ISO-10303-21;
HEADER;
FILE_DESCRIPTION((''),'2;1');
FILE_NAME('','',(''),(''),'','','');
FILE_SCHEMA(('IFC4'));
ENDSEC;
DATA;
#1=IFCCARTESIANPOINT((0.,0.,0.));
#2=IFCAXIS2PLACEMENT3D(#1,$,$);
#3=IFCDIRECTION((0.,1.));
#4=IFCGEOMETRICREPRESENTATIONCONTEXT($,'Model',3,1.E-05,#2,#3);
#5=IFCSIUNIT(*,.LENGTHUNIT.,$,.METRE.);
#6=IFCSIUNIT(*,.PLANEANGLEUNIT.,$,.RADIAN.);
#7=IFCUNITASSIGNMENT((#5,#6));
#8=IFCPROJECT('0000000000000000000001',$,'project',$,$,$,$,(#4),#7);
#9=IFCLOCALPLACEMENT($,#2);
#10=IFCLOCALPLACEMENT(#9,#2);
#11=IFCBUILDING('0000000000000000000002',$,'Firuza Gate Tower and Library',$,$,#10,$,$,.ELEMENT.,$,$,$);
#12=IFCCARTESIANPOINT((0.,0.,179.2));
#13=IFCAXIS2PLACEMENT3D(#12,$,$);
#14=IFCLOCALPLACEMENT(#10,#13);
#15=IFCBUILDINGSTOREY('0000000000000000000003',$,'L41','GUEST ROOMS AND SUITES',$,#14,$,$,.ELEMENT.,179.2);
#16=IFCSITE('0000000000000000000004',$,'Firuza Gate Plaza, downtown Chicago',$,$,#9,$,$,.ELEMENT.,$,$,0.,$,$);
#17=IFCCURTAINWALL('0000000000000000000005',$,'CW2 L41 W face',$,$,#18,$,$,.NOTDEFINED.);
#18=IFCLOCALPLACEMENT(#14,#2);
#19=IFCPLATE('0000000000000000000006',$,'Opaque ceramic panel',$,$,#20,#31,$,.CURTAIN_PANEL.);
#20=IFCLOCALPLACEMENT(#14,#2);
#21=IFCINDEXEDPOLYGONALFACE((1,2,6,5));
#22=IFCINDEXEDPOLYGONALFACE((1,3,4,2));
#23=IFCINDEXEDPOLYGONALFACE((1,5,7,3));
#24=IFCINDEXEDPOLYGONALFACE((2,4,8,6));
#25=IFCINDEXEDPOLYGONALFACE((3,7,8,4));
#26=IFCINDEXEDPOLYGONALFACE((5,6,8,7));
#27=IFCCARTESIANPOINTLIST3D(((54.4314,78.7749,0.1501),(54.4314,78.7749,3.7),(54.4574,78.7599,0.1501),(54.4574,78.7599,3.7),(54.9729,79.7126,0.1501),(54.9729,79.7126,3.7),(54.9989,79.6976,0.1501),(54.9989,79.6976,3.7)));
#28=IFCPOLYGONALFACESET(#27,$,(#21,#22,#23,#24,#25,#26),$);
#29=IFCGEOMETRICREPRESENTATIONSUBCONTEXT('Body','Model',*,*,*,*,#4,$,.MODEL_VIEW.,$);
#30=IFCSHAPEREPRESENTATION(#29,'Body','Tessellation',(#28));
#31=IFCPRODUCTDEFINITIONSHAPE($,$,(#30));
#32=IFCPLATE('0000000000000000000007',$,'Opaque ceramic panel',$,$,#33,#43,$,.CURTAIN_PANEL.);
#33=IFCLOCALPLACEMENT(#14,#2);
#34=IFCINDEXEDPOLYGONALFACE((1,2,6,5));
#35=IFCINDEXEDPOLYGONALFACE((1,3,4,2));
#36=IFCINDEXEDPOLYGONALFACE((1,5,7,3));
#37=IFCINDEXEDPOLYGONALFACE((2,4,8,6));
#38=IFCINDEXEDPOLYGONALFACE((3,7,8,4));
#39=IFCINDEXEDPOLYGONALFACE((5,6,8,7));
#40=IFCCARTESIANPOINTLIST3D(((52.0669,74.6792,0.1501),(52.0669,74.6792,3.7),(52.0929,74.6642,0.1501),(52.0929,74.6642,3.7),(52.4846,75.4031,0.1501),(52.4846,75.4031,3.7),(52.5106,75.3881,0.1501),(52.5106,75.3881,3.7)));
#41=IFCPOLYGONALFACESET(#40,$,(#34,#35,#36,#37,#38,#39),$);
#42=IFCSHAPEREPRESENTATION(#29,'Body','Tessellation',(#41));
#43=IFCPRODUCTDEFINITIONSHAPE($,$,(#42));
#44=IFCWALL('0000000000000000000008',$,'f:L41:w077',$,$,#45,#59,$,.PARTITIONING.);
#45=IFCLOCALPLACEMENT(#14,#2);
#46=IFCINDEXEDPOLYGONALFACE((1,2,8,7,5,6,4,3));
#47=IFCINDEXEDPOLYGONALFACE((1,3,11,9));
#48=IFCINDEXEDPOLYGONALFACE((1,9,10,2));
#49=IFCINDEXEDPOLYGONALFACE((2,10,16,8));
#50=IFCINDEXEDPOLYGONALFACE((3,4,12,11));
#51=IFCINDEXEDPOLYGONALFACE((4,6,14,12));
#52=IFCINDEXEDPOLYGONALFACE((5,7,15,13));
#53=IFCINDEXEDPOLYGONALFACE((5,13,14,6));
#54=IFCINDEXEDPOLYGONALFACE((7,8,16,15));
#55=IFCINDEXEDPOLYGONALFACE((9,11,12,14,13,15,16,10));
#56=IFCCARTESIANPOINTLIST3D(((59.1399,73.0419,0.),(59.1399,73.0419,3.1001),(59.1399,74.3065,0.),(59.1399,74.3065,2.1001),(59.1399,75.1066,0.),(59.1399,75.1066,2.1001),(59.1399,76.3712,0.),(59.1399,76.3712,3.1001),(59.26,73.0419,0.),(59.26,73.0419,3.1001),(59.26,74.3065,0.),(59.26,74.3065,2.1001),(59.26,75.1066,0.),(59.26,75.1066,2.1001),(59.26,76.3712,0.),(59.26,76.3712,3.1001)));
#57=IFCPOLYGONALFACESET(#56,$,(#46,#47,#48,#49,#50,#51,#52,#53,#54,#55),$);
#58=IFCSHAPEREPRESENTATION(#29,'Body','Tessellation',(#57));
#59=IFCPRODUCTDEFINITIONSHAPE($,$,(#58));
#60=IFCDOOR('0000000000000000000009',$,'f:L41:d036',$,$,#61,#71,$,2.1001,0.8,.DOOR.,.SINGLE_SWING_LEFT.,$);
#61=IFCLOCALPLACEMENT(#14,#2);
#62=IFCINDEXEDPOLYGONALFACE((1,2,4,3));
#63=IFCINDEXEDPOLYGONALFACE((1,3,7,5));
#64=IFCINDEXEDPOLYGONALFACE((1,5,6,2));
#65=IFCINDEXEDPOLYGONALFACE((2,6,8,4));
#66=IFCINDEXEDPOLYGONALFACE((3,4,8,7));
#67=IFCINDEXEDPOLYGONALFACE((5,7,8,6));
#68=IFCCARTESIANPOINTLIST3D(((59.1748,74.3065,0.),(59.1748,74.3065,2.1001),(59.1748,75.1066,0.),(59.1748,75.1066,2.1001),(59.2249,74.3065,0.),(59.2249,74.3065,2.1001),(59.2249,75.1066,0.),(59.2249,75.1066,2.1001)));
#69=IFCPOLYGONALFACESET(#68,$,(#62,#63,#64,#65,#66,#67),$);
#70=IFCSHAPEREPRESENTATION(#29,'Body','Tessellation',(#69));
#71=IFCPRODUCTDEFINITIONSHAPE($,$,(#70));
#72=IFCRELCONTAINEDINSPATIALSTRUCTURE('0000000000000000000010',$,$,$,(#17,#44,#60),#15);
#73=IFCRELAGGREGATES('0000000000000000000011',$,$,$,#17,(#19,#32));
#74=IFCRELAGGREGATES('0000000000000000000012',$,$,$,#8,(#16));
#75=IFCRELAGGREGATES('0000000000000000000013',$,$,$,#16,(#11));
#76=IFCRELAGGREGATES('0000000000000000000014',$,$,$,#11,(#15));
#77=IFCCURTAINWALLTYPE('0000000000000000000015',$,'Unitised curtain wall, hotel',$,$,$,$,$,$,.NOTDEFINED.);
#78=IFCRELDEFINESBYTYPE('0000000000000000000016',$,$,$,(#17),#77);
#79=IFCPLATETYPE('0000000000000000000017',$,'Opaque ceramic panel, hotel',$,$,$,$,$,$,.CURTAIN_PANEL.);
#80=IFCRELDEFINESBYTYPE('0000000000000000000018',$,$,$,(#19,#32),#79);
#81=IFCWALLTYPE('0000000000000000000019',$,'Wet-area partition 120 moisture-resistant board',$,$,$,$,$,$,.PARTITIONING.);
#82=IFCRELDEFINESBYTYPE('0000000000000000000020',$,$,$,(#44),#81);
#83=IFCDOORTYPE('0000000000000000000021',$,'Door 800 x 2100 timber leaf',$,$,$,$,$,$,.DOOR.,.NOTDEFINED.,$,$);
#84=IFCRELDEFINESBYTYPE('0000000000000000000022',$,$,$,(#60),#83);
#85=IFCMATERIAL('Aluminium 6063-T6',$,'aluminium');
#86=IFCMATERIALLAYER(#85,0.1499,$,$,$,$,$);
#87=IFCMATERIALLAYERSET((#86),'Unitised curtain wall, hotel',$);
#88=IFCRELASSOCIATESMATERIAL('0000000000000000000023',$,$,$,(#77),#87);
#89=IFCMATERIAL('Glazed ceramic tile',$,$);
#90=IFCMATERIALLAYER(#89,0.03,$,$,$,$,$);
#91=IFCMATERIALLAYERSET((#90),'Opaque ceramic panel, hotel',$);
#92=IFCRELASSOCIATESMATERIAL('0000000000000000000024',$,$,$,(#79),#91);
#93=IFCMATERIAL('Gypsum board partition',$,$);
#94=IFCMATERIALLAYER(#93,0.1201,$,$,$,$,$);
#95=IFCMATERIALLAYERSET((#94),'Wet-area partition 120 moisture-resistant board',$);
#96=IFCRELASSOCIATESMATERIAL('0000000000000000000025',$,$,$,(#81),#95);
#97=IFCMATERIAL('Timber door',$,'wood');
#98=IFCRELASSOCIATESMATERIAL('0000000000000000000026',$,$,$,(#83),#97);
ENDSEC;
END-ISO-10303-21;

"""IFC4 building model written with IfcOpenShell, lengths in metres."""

from ifc_helpers import new_model, si_unit, direction, frame, frame_2d, origin, place, context, subcontext, project, spatial, polyline, rectangle, outline, extrude, material, layer, layer_set, type_object, element, fill, aggregate, save


model = new_model("IFC4")

# Units and contexts
model_context = context("Model", 3, precision=1e-05, world=origin(), true_north=direction((0.0, 1.0)))
body_context = subcontext(model_context, "Body", "Model", "MODEL_VIEW")
ifc_project = project(units=[si_unit("LENGTHUNIT", "METRE"), si_unit("PLANEANGLEUNIT", "RADIAN")], contexts=[model_context])

# Site, building, storey
site_placement = place(None, origin())
site = spatial("IfcSite", under=ifc_project, at=site_placement, Name="Firuza Gate Plaza, downtown Chicago", CompositionType="ELEMENT", RefElevation=0.0)
building_placement = place(site_placement, origin())
building = spatial("IfcBuilding", under=site, at=building_placement, Name="Firuza Gate Tower and Library", CompositionType="ELEMENT")
storey_placement = place(building_placement, frame((0.0, 0.0, 179.2)))
storey = spatial("IfcBuildingStorey", under=building, at=storey_placement, Name="L41", Description="GUEST ROOMS AND SUITES", CompositionType="ELEMENT", Elevation=179.2)

# Curtain wall
ifc_material_1 = material(Name="Aluminium 6063-T6", Category="aluminium")
ifc_layer_1 = layer(ifc_material_1, 0.1499)
ifc_layer_set_1 = layer_set([ifc_layer_1], Name="Unitised curtain wall, hotel")
curtain_wall_type = type_object("IfcCurtainWallType", Name="Unitised curtain wall, hotel", PredefinedType="NOTDEFINED", material=ifc_layer_set_1)
curtain_wall_placement = place(storey_placement, origin())
curtain_wall = element("IfcCurtainWall", 1, at=curtain_wall_placement, inside=storey, type_object=curtain_wall_type, Name="CW2 L41 W face", PredefinedType="NOTDEFINED")

# Plates
ifc_material_2 = material(Name="Glazed ceramic tile")
ifc_layer_2 = layer(ifc_material_2, 0.03)
ifc_layer_set_2 = layer_set([ifc_layer_2], Name="Opaque ceramic panel, hotel")
plate_type_1 = type_object("IfcPlateType", Name="Opaque ceramic panel, hotel", PredefinedType="CURTAIN_PANEL", material=ifc_layer_set_2)
plate_1_placement = place(storey_placement, frame((54.9729, 79.7126, 0.1501), z_axis=(-0.865987, 0.500067, 0.0), x_axis=(-0.500067, -0.865987, 0.0)))
plate_1 = element("IfcPlate", 2, at=plate_1_placement, type_object=plate_type_1, Name="Opaque ceramic panel", PredefinedType="CURTAIN_PANEL", context=body_context, shape_type="SweptSolid", body=[
    extrude(outline(polyline([(0.0, 0.0), (1.0829, 0.0), (1.0829, 3.5498), (0.0, 3.5498), (0.0, 0.0)])), origin(), (0.0, 0.0, -1.0), 0.03),
])
plate_2_placement = place(storey_placement, frame((52.4846, 75.4031, 0.1501), z_axis=(-0.866132, 0.499815, 0.0), x_axis=(-0.499815, -0.866132, 0.0)))
plate_2 = element("IfcPlate", 3, at=plate_2_placement, type_object=plate_type_1, Name="Opaque ceramic panel", PredefinedType="CURTAIN_PANEL", context=body_context, shape_type="SweptSolid", body=[
    extrude(outline(polyline([(0.0, 0.0), (0.8358, 0.0), (0.8358, 3.5498), (0.0, 3.5498), (0.0, 0.0)])), origin(), (0.0, 0.0, -1.0), 0.03),
])
aggregate(curtain_wall, [plate_1, plate_2])

# Wall, opening, door
ifc_material_3 = material(Name="Gypsum board partition")
ifc_layer_3 = layer(ifc_material_3, 0.1201)
ifc_layer_set_3 = layer_set([ifc_layer_3], Name="Wet-area partition 120 moisture-resistant board")
wall_type = type_object("IfcWallType", Name="Wet-area partition 120 moisture-resistant board", PredefinedType="PARTITIONING", material=ifc_layer_set_3)
wall_placement = place(storey_placement, frame((59.2, 76.3711, 0.0), z_axis=(0.0, 0.0, 1.0), x_axis=(0.0, -1.0, 0.0)))
wall = element("IfcWall", 4, at=wall_placement, inside=storey, type_object=wall_type, Name="f:L41:w077", PredefinedType="PARTITIONING", context=body_context, shape_type="SweptSolid", body=[
    extrude(rectangle(XDim=3.3293, YDim=0.1201, at=frame_2d((1.6646, 0.0))), origin(), (0.0, 0.0, 1.0), 3.1001),
])
opening_placement = place(wall_placement, frame((1.2646, 0.0, 0.0)))
opening = element("IfcOpeningElement", 5, at=opening_placement, cuts=wall, PredefinedType="OPENING", context=body_context, shape_type="SweptSolid", body=[
    extrude(rectangle(XDim=0.8, YDim=2.1001, at=frame_2d((0.3999, 1.05))), frame((0.0, 0.0701, 0.0), z_axis=(0.0, -1.0, 0.0), x_axis=(1.0, 0.0, 0.0)), (0.0, 0.0, 1.0), 0.1401),
])
ifc_material_4 = material(Name="Timber door", Category="wood")
door_type = type_object("IfcDoorType", Name="Door 800 x 2100 timber leaf", OperationType="NOTDEFINED", PredefinedType="DOOR", material=ifc_material_4)
door_placement = place(opening_placement, origin())
door = element("IfcDoor", 6, at=door_placement, inside=storey, type_object=door_type, Name="f:L41:d036", OperationType="SINGLE_SWING_LEFT", OverallHeight=2.1001, OverallWidth=0.8, PredefinedType="DOOR", context=body_context, shape_type="SweptSolid", body=[
    extrude(rectangle(XDim=0.8, YDim=2.1001, at=frame_2d((0.3999, 1.05))), frame((0.0, 0.0249, 0.0), z_axis=(0.0, -1.0, 0.0), x_axis=(1.0, 0.0, 0.0)), (0.0, 0.0, 1.0), 0.05),
])
fill(opening, door)

save(model, "model.ifc")
